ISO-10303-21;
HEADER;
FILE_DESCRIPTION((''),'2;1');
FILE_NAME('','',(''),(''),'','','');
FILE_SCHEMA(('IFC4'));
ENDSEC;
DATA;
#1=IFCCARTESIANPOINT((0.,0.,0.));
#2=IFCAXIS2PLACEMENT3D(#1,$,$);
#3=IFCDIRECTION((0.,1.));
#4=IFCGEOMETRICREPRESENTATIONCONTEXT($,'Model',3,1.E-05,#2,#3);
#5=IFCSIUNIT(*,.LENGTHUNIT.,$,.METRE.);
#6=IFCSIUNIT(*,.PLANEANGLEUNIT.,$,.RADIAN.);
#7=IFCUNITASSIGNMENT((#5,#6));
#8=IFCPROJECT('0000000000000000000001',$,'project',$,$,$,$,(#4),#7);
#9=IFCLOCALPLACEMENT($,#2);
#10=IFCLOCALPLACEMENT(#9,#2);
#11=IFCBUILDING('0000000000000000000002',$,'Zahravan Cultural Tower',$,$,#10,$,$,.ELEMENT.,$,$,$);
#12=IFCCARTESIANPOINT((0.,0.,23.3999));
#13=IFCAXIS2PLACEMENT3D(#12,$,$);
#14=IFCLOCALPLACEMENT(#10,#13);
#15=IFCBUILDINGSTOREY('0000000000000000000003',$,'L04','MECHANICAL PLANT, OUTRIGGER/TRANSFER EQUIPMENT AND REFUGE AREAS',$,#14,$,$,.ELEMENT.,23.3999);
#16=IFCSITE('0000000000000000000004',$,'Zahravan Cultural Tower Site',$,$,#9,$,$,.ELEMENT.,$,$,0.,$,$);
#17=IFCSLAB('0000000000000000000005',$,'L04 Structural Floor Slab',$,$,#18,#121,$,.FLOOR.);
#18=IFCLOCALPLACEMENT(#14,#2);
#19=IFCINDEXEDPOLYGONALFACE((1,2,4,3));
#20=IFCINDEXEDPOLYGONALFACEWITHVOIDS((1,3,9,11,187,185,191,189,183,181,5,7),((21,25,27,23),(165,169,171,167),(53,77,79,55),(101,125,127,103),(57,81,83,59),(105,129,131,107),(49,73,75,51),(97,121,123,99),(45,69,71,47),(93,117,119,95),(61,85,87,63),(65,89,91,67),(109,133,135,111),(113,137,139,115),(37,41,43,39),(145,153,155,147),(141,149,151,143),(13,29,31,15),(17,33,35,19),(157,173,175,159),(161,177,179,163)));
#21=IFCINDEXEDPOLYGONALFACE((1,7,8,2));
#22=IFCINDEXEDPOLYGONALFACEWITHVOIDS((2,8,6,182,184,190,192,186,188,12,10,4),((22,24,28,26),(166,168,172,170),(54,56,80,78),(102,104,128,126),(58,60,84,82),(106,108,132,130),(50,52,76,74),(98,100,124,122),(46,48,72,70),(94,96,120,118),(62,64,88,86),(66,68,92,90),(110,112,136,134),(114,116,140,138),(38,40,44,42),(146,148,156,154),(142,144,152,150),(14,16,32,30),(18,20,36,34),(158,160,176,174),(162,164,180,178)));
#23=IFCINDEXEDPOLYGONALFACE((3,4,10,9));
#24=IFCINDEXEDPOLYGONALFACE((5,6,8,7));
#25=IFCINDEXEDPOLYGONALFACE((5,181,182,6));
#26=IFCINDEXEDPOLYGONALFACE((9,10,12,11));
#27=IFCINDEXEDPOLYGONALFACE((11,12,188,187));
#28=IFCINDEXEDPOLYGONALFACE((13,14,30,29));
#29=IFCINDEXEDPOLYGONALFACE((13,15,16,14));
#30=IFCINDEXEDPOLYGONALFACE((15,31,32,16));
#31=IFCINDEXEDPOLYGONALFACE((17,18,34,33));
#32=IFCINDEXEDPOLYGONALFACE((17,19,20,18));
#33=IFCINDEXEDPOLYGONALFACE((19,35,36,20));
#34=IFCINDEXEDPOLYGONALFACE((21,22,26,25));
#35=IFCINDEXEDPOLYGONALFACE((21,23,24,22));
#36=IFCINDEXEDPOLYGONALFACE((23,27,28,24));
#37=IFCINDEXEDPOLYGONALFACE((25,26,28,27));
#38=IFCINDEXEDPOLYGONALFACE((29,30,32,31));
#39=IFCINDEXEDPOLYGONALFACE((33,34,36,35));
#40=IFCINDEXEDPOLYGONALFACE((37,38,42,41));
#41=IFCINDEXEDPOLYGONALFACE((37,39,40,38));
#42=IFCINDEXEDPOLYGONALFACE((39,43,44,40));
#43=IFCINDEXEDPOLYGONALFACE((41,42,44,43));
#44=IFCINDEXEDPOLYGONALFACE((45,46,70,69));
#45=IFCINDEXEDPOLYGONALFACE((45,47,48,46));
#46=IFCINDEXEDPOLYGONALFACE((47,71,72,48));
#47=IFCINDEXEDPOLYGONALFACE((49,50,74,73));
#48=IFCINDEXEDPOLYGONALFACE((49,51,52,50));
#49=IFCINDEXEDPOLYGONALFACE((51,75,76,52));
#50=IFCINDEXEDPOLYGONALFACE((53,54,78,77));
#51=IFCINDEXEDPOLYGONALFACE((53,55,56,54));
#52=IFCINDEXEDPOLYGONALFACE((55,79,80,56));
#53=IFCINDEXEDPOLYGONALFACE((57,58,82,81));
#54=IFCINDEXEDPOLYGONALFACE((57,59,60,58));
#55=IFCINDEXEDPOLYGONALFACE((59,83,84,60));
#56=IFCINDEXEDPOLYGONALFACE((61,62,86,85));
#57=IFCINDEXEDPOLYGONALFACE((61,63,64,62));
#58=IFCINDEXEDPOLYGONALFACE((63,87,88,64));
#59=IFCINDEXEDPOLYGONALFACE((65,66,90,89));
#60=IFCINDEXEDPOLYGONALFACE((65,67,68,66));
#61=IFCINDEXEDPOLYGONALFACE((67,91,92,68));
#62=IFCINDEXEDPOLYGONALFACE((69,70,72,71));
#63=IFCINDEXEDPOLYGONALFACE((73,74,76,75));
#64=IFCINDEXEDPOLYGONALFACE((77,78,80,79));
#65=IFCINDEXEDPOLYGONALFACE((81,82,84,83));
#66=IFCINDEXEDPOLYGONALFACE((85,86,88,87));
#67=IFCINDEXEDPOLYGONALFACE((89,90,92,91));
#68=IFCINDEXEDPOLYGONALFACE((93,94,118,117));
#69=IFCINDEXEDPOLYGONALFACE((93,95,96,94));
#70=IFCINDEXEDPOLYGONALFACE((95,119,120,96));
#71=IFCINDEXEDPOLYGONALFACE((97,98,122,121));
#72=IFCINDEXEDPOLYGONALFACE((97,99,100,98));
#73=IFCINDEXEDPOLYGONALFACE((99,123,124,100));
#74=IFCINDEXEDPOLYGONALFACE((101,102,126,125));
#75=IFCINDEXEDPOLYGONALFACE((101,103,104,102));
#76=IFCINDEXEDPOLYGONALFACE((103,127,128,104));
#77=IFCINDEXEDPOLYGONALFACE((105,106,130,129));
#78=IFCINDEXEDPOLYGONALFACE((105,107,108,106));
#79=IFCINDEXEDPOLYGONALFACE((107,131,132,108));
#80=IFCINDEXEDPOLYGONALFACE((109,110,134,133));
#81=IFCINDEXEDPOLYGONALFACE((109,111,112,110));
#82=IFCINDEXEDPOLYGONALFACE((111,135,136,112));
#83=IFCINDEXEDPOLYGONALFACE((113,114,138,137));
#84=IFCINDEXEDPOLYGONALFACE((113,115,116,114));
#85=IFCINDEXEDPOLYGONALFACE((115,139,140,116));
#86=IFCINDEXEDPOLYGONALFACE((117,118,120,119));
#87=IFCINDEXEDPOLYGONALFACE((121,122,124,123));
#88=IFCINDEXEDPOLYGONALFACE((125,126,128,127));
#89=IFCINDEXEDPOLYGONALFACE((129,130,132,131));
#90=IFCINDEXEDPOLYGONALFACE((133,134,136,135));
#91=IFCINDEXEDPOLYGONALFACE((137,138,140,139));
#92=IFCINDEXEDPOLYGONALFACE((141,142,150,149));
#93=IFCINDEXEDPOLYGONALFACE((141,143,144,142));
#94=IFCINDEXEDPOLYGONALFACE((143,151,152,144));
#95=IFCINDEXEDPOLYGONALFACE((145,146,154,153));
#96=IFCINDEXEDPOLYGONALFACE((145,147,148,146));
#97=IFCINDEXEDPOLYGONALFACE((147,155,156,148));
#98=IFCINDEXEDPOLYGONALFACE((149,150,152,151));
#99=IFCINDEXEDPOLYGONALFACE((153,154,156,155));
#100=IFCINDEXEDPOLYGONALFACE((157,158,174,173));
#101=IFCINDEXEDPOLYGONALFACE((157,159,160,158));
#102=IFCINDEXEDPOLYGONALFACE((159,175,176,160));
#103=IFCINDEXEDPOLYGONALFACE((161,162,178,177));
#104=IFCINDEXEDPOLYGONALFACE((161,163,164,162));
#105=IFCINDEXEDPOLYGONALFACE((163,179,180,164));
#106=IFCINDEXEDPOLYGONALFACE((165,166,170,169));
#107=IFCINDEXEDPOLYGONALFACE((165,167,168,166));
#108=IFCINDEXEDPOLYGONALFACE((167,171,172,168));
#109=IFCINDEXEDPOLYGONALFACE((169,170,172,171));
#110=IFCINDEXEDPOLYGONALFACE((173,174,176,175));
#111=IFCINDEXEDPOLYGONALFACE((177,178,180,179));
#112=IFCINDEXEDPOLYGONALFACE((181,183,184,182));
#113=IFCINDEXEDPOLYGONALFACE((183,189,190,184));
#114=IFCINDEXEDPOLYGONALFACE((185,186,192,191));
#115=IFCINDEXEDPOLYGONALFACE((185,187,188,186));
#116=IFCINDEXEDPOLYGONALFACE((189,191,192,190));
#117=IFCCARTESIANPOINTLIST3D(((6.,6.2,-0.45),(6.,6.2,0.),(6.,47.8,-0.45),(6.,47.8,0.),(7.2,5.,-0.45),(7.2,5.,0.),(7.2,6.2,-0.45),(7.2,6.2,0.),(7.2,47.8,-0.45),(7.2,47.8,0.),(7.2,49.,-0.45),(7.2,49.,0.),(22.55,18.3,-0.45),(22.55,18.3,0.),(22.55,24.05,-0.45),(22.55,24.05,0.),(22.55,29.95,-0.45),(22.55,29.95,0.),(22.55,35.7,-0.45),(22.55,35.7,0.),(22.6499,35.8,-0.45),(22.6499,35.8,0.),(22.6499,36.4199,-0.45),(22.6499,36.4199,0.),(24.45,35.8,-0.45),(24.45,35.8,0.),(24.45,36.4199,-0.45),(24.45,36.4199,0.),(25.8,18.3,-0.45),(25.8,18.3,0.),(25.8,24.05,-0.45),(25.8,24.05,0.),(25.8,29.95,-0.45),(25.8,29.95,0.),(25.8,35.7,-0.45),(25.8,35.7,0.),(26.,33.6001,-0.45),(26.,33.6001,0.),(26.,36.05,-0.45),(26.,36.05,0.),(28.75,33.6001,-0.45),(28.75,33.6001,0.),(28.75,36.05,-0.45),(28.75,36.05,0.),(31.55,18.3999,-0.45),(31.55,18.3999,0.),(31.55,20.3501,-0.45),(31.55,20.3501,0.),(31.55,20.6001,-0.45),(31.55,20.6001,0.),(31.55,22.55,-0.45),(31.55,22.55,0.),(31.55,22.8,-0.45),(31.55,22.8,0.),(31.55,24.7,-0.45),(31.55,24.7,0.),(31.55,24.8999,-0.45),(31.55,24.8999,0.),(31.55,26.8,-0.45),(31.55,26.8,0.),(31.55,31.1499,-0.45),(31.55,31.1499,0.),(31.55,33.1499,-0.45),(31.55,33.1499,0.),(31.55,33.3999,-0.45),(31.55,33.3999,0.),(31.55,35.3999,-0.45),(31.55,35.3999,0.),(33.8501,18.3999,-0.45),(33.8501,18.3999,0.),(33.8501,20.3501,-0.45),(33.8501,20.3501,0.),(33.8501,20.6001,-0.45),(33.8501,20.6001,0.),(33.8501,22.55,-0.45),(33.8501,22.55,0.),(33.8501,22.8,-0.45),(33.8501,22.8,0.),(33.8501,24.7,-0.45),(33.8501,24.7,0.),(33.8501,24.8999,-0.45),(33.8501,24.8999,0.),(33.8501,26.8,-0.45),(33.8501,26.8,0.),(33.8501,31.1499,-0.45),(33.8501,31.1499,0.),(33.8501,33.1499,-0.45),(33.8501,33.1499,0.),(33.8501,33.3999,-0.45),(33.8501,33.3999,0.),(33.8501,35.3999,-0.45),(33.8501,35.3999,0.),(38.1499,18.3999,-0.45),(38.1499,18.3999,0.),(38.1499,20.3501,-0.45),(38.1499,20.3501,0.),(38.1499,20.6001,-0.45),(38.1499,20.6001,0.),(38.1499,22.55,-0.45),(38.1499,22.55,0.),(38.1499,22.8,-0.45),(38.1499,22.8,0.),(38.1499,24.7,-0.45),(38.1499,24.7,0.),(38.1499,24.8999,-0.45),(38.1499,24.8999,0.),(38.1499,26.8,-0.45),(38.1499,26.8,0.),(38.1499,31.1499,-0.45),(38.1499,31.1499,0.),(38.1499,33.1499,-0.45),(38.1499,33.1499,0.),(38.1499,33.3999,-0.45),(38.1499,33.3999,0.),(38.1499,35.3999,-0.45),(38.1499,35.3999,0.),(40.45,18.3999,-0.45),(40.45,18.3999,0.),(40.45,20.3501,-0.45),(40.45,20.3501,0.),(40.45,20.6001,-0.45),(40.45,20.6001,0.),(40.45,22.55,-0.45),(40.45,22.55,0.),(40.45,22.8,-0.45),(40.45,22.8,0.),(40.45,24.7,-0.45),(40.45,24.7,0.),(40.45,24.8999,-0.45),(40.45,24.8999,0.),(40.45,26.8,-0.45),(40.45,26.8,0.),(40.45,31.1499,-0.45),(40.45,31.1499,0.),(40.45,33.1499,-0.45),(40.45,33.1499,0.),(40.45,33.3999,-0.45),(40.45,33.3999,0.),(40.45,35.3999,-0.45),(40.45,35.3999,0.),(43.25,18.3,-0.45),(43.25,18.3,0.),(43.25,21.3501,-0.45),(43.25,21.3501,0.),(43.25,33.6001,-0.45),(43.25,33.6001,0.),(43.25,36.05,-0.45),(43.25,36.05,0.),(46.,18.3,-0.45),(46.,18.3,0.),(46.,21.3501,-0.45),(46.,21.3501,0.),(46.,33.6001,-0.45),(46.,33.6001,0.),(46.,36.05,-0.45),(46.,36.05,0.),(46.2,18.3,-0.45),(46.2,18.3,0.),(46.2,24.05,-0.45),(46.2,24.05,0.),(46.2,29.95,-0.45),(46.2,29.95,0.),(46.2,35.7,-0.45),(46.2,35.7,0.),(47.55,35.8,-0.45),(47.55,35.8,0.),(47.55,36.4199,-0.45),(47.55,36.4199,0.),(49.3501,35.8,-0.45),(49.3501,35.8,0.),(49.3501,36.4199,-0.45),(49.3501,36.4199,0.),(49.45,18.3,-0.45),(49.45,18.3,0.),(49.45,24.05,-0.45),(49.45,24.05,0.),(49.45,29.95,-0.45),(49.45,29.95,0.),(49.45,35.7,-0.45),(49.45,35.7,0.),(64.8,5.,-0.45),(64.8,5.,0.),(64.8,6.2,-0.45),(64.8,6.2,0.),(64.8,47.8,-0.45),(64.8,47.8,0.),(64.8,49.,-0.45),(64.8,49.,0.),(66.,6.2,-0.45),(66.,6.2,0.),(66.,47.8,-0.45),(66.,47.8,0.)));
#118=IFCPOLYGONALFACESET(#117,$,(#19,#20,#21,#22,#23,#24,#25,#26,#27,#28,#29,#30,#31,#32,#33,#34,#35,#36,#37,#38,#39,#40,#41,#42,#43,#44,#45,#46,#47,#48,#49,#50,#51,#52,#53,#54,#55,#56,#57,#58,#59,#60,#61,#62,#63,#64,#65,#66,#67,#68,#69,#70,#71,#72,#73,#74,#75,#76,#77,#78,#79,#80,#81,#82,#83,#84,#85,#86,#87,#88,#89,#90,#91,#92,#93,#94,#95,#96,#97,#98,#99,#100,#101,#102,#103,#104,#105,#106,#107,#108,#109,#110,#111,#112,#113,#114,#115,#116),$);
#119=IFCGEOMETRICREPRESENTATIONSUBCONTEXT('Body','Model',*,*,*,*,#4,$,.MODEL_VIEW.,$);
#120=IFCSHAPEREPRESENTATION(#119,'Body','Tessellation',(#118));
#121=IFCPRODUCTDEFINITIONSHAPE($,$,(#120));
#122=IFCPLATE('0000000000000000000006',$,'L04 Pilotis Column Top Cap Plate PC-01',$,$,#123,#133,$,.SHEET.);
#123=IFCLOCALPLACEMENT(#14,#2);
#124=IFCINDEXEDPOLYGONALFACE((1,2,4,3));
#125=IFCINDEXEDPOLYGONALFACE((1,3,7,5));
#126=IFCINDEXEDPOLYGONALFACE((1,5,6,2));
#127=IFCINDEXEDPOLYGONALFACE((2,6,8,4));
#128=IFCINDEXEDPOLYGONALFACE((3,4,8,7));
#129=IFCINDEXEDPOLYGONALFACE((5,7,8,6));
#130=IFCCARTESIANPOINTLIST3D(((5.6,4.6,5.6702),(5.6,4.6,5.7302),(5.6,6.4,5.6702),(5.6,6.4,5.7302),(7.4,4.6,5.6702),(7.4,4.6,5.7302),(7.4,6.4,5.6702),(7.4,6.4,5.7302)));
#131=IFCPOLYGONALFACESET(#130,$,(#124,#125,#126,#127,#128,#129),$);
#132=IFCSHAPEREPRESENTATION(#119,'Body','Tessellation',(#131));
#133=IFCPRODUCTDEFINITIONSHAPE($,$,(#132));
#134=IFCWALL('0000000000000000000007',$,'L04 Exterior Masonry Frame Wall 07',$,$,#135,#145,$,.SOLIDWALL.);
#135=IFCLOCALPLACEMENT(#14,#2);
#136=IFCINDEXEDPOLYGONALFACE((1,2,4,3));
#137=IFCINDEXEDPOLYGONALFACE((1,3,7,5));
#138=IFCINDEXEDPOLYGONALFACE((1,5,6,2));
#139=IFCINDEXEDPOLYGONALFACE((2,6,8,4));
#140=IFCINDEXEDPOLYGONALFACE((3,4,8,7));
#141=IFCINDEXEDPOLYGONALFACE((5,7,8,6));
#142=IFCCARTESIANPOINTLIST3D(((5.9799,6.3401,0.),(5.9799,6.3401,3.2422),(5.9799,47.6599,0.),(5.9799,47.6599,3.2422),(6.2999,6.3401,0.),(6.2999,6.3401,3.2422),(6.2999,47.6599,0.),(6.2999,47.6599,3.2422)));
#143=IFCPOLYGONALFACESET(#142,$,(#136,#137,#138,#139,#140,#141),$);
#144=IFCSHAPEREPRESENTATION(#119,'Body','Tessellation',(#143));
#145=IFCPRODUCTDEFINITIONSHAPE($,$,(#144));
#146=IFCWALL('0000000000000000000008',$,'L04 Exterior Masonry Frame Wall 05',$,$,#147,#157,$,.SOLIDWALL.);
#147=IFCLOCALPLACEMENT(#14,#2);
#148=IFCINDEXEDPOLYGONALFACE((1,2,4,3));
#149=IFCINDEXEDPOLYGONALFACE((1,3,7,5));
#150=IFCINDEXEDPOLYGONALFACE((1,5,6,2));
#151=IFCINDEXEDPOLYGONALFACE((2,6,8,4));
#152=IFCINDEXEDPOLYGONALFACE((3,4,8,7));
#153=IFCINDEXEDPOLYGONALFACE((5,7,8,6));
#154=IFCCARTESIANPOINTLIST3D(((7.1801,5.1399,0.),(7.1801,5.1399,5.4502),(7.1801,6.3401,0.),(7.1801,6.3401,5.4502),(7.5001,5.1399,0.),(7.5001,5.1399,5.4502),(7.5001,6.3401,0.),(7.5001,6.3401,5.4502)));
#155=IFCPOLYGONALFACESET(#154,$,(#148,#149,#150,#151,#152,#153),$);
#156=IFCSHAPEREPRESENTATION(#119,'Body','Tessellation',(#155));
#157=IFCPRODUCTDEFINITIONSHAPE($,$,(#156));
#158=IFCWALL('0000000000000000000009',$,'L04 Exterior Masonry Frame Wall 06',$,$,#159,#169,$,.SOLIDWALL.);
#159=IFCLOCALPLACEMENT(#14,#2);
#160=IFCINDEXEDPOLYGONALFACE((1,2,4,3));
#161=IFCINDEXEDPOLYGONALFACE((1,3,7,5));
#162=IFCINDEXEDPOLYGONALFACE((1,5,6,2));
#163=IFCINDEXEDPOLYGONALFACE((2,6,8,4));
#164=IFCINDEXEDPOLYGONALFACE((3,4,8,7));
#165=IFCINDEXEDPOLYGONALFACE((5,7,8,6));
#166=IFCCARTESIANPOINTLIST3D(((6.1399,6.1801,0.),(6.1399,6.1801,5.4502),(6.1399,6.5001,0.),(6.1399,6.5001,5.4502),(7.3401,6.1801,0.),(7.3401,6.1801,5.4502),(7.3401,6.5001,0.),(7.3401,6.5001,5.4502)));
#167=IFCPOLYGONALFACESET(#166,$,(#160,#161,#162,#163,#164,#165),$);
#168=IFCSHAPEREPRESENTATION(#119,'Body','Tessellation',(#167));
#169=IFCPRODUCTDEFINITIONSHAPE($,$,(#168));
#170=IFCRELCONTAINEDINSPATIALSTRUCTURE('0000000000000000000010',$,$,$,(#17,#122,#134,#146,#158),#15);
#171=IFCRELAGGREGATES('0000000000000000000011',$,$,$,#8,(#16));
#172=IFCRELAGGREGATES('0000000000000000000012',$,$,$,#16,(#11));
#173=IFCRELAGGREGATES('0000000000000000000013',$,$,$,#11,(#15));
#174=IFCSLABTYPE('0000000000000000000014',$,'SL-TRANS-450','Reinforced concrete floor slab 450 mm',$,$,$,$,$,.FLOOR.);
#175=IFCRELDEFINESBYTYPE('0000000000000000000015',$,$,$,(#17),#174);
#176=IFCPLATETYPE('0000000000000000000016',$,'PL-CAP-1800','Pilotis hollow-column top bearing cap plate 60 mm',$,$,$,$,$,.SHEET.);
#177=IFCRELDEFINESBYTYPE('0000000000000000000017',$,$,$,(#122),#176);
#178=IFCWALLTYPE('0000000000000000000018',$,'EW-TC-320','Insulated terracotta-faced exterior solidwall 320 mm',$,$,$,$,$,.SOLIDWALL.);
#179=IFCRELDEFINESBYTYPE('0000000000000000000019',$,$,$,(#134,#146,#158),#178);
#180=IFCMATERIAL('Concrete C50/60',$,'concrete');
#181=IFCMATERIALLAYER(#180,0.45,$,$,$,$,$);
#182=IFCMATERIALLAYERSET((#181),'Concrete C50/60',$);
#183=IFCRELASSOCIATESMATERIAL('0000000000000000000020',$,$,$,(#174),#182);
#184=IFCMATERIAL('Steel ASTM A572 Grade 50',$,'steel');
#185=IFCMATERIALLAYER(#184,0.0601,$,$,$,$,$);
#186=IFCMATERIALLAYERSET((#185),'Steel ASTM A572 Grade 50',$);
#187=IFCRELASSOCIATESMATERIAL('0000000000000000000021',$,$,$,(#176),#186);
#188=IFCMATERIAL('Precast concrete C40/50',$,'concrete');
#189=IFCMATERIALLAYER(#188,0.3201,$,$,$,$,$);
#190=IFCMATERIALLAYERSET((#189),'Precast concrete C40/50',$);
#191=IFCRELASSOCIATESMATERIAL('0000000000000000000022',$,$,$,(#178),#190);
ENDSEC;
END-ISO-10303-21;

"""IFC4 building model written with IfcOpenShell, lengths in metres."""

from ifc_helpers import new_model, si_unit, direction, frame, frame_2d, origin, origin_2d, place, context, subcontext, project, spatial, polyline, rectangle, outline, extrude, source, transform, mapped, material, layer, layer_set, type_object, element, save


model = new_model("IFC4")

# Units and contexts
model_context = context("Model", 3, precision=1e-05, world=origin(), true_north=direction((0.0, 1.0)))
body_context = subcontext(model_context, "Body", "Model", "MODEL_VIEW")
ifc_project = project(units=[si_unit("LENGTHUNIT", "METRE"), si_unit("PLANEANGLEUNIT", "RADIAN")], contexts=[model_context])

# Site, building, storey
site_placement = place(None, origin())
site = spatial("IfcSite", under=ifc_project, at=site_placement, Name="Zahravan Cultural Tower Site", CompositionType="ELEMENT", RefElevation=0.0)
building_placement = place(site_placement, origin())
building = spatial("IfcBuilding", under=site, at=building_placement, Name="Zahravan Cultural Tower", CompositionType="ELEMENT")
storey_placement = place(building_placement, frame((0.0, 0.0, 23.3999)))
storey = spatial("IfcBuildingStorey", under=building, at=storey_placement, Name="L04", Description="MECHANICAL PLANT, OUTRIGGER/TRANSFER EQUIPMENT AND REFUGE AREAS", CompositionType="ELEMENT", Elevation=23.3999)

# Shared definitions
ifc_material_1 = material(Name="Steel ASTM A572 Grade 50", Category="steel")

# Slab
ifc_material_2 = material(Name="Concrete C50/60", Category="concrete")
ifc_layer_1 = layer(ifc_material_2, 0.45)
ifc_layer_set_1 = layer_set([ifc_layer_1], Name="Concrete C50/60")
slab_type_1 = type_object("IfcSlabType", Name="SL-TRANS-450", Description="Reinforced concrete floor slab 450 mm", PredefinedType="FLOOR", material=ifc_layer_set_1)
slab_1_placement = place(storey_placement, frame((0.0, 0.0, -0.45)))
element("IfcSlab", 1, at=slab_1_placement, inside=storey, type_object=slab_type_1, Name="L04 Structural Floor Slab", PredefinedType="FLOOR", context=body_context, shape_type="SweptSolid", body=[
    extrude(outline(polyline([(66.0, 47.8), (64.8, 47.8), (64.8, 49.0), (7.2, 49.0), (7.2, 47.8), (6.0, 47.8), (6.0, 6.2), (7.2, 6.2), (7.2, 5.0), (64.8, 5.0), (64.8, 6.2), (66.0, 6.2), (66.0, 47.8)]), holes=[polyline([(22.55, 29.95), (22.55, 35.7), (25.8, 35.7), (25.8, 29.95), (22.55, 29.95)]), polyline([(22.55, 18.3), (22.55, 24.05), (25.8, 24.05), (25.8, 18.3), (22.55, 18.3)]), polyline([(46.2, 29.95), (46.2, 35.7), (49.45, 35.7), (49.45, 29.95), (46.2, 29.95)]), polyline([(46.2, 18.3), (46.2, 24.05), (49.45, 24.05), (49.45, 18.3), (46.2, 18.3)]), polyline([(26.0, 33.6001), (26.0, 36.05), (28.75, 36.05), (28.75, 33.6001), (26.0, 33.6001)]), polyline([(43.25, 33.6001), (43.25, 36.05), (46.0, 36.05), (46.0, 33.6001), (43.25, 33.6001)]), polyline([(43.25, 18.3), (43.25, 21.3501), (46.0, 21.3501), (46.0, 18.3), (43.25, 18.3)]), polyline([(31.55, 33.3999), (31.55, 35.3999), (33.8501, 35.3999), (33.8501, 33.3999), (31.55, 33.3999)]), polyline([(31.55, 31.1499), (31.55, 33.1499), (33.8501, 33.1499), (33.8501, 31.1499), (31.55, 31.1499)]), polyline([(38.1499, 33.3999), (38.1499, 35.3999), (40.45, 35.3999), (40.45, 33.3999), (38.1499, 33.3999)]), polyline([(38.1499, 31.1499), (38.1499, 33.1499), (40.45, 33.1499), (40.45, 31.1499), (38.1499, 31.1499)]), polyline([(31.55, 20.6001), (31.55, 22.55), (33.8501, 22.55), (33.8501, 20.6001), (31.55, 20.6001)]), polyline([(31.55, 18.3999), (31.55, 20.3501), (33.8501, 20.3501), (33.8501, 18.3999), (31.55, 18.3999)]), polyline([(38.1499, 20.6001), (38.1499, 22.55), (40.45, 22.55), (40.45, 20.6001), (38.1499, 20.6001)]), polyline([(38.1499, 18.3999), (38.1499, 20.3501), (40.45, 20.3501), (40.45, 18.3999), (38.1499, 18.3999)]), polyline([(31.55, 24.8999), (31.55, 26.8), (33.8501, 26.8), (33.8501, 24.8999), (31.55, 24.8999)]), polyline([(31.55, 22.8), (31.55, 24.7), (33.8501, 24.7), (33.8501, 22.8), (31.55, 22.8)]), polyline([(38.1499, 24.8999), (38.1499, 26.8), (40.45, 26.8), (40.45, 24.8999), (38.1499, 24.8999)]), polyline([(38.1499, 22.8), (38.1499, 24.7), (40.45, 24.7), (40.45, 22.8), (38.1499, 22.8)]), polyline([(22.6499, 35.8), (22.6499, 36.4199), (24.45, 36.4199), (24.45, 35.8), (22.6499, 35.8)]), polyline([(47.55, 35.8), (47.55, 36.4199), (49.3501, 36.4199), (49.3501, 35.8), (47.55, 35.8)])]), origin(), (0.0, 0.0, 1.0), 0.45),
])

# Plate
ifc_layer_2 = layer(ifc_material_1, 0.0601)
ifc_layer_set_2 = layer_set([ifc_layer_2], Name="Steel ASTM A572 Grade 50")
plate_type = type_object("IfcPlateType", Name="PL-CAP-1800", Description="Pilotis hollow-column top bearing cap plate 60 mm", PredefinedType="SHEET", material=ifc_layer_set_2)
shared_shape_1 = source(origin(), body_context, "Body", "SweptSolid", [
    extrude(rectangle(XDim=1.8, YDim=1.8, at=origin_2d()), origin(), (0.0, 0.0, 1.0), 0.0601),
])
plate_placement = place(storey_placement, frame((6.5, 5.5, 5.6702), z_axis=(0.0, 0.0, 1.0), x_axis=(1.0, 0.0, 0.0)))
element("IfcPlate", 2, at=plate_placement, inside=storey, type_object=plate_type, Name="L04 Pilotis Column Top Cap Plate PC-01", PredefinedType="SHEET", context=body_context, shape_type="MappedRepresentation", body=[
    mapped(shared_shape_1, transform((0.0, 0.0, 0.0), x_axis=(1.0, 0.0, 0.0), y_axis=(0.0, 1.0, 0.0), z_axis=(0.0, 0.0, 1.0), scale=1.0)),
])

# Walls
ifc_material_3 = material(Name="Precast concrete C40/50", Category="concrete")
ifc_layer_3 = layer(ifc_material_3, 0.3201)
ifc_layer_set_3 = layer_set([ifc_layer_3], Name="Precast concrete C40/50")
wall_type_1 = type_object("IfcWallType", Name="EW-TC-320", Description="Insulated terracotta-faced exterior solidwall 320 mm", PredefinedType="SOLIDWALL", material=ifc_layer_set_3)
shared_shape_2 = source(origin(), body_context, "Body", "SweptSolid", [
    extrude(rectangle(XDim=41.3198, YDim=0.3201, at=frame_2d((20.6599, 0.0))), origin(), (0.0, 0.0, 1.0), 3.2422),
])
wall_1_placement = place(storey_placement, frame((6.1399, 6.3401, 0.0), z_axis=(0.0, 0.0, 1.0), x_axis=(0.0, 1.0, 0.0)))
element("IfcWall", 3, at=wall_1_placement, inside=storey, type_object=wall_type_1, Name="L04 Exterior Masonry Frame Wall 07", PredefinedType="SOLIDWALL", context=body_context, shape_type="MappedRepresentation", body=[
    mapped(shared_shape_2, transform((0.0, 0.0, 0.0), x_axis=(1.0, 0.0, 0.0), y_axis=(0.0, 1.0, 0.0), z_axis=(0.0, 0.0, 1.0), scale=1.0)),
])
shared_shape_3 = source(origin(), body_context, "Body", "SweptSolid", [
    extrude(rectangle(XDim=1.2002, YDim=0.3201, at=frame_2d((0.6001, 0.0))), origin(), (0.0, 0.0, 1.0), 5.4502),
])
for number, where, z_axis, x_axis, name in (
    (4, (7.3401, 5.1399, 0.0), (0.0, 0.0, 1.0), (0.0, 1.0, 0.0), "L04 Exterior Masonry Frame Wall 05"),
    (5, (7.3401, 6.3401, 0.0), (0.0, 0.0, 1.0), (-1.0, 0.0, 0.0), "L04 Exterior Masonry Frame Wall 06"),
):
    element("IfcWall", number, at=place(storey_placement, frame(where, z_axis=z_axis, x_axis=x_axis)), inside=storey, type_object=wall_type_1, Name=name, PredefinedType="SOLIDWALL", context=body_context, shape_type="MappedRepresentation", body=[
        mapped(shared_shape_3, transform((0.0, 0.0, 0.0), x_axis=(1.0, 0.0, 0.0), y_axis=(0.0, 1.0, 0.0), z_axis=(0.0, 0.0, 1.0), scale=1.0)),
    ])

save(model, "model.ifc")
